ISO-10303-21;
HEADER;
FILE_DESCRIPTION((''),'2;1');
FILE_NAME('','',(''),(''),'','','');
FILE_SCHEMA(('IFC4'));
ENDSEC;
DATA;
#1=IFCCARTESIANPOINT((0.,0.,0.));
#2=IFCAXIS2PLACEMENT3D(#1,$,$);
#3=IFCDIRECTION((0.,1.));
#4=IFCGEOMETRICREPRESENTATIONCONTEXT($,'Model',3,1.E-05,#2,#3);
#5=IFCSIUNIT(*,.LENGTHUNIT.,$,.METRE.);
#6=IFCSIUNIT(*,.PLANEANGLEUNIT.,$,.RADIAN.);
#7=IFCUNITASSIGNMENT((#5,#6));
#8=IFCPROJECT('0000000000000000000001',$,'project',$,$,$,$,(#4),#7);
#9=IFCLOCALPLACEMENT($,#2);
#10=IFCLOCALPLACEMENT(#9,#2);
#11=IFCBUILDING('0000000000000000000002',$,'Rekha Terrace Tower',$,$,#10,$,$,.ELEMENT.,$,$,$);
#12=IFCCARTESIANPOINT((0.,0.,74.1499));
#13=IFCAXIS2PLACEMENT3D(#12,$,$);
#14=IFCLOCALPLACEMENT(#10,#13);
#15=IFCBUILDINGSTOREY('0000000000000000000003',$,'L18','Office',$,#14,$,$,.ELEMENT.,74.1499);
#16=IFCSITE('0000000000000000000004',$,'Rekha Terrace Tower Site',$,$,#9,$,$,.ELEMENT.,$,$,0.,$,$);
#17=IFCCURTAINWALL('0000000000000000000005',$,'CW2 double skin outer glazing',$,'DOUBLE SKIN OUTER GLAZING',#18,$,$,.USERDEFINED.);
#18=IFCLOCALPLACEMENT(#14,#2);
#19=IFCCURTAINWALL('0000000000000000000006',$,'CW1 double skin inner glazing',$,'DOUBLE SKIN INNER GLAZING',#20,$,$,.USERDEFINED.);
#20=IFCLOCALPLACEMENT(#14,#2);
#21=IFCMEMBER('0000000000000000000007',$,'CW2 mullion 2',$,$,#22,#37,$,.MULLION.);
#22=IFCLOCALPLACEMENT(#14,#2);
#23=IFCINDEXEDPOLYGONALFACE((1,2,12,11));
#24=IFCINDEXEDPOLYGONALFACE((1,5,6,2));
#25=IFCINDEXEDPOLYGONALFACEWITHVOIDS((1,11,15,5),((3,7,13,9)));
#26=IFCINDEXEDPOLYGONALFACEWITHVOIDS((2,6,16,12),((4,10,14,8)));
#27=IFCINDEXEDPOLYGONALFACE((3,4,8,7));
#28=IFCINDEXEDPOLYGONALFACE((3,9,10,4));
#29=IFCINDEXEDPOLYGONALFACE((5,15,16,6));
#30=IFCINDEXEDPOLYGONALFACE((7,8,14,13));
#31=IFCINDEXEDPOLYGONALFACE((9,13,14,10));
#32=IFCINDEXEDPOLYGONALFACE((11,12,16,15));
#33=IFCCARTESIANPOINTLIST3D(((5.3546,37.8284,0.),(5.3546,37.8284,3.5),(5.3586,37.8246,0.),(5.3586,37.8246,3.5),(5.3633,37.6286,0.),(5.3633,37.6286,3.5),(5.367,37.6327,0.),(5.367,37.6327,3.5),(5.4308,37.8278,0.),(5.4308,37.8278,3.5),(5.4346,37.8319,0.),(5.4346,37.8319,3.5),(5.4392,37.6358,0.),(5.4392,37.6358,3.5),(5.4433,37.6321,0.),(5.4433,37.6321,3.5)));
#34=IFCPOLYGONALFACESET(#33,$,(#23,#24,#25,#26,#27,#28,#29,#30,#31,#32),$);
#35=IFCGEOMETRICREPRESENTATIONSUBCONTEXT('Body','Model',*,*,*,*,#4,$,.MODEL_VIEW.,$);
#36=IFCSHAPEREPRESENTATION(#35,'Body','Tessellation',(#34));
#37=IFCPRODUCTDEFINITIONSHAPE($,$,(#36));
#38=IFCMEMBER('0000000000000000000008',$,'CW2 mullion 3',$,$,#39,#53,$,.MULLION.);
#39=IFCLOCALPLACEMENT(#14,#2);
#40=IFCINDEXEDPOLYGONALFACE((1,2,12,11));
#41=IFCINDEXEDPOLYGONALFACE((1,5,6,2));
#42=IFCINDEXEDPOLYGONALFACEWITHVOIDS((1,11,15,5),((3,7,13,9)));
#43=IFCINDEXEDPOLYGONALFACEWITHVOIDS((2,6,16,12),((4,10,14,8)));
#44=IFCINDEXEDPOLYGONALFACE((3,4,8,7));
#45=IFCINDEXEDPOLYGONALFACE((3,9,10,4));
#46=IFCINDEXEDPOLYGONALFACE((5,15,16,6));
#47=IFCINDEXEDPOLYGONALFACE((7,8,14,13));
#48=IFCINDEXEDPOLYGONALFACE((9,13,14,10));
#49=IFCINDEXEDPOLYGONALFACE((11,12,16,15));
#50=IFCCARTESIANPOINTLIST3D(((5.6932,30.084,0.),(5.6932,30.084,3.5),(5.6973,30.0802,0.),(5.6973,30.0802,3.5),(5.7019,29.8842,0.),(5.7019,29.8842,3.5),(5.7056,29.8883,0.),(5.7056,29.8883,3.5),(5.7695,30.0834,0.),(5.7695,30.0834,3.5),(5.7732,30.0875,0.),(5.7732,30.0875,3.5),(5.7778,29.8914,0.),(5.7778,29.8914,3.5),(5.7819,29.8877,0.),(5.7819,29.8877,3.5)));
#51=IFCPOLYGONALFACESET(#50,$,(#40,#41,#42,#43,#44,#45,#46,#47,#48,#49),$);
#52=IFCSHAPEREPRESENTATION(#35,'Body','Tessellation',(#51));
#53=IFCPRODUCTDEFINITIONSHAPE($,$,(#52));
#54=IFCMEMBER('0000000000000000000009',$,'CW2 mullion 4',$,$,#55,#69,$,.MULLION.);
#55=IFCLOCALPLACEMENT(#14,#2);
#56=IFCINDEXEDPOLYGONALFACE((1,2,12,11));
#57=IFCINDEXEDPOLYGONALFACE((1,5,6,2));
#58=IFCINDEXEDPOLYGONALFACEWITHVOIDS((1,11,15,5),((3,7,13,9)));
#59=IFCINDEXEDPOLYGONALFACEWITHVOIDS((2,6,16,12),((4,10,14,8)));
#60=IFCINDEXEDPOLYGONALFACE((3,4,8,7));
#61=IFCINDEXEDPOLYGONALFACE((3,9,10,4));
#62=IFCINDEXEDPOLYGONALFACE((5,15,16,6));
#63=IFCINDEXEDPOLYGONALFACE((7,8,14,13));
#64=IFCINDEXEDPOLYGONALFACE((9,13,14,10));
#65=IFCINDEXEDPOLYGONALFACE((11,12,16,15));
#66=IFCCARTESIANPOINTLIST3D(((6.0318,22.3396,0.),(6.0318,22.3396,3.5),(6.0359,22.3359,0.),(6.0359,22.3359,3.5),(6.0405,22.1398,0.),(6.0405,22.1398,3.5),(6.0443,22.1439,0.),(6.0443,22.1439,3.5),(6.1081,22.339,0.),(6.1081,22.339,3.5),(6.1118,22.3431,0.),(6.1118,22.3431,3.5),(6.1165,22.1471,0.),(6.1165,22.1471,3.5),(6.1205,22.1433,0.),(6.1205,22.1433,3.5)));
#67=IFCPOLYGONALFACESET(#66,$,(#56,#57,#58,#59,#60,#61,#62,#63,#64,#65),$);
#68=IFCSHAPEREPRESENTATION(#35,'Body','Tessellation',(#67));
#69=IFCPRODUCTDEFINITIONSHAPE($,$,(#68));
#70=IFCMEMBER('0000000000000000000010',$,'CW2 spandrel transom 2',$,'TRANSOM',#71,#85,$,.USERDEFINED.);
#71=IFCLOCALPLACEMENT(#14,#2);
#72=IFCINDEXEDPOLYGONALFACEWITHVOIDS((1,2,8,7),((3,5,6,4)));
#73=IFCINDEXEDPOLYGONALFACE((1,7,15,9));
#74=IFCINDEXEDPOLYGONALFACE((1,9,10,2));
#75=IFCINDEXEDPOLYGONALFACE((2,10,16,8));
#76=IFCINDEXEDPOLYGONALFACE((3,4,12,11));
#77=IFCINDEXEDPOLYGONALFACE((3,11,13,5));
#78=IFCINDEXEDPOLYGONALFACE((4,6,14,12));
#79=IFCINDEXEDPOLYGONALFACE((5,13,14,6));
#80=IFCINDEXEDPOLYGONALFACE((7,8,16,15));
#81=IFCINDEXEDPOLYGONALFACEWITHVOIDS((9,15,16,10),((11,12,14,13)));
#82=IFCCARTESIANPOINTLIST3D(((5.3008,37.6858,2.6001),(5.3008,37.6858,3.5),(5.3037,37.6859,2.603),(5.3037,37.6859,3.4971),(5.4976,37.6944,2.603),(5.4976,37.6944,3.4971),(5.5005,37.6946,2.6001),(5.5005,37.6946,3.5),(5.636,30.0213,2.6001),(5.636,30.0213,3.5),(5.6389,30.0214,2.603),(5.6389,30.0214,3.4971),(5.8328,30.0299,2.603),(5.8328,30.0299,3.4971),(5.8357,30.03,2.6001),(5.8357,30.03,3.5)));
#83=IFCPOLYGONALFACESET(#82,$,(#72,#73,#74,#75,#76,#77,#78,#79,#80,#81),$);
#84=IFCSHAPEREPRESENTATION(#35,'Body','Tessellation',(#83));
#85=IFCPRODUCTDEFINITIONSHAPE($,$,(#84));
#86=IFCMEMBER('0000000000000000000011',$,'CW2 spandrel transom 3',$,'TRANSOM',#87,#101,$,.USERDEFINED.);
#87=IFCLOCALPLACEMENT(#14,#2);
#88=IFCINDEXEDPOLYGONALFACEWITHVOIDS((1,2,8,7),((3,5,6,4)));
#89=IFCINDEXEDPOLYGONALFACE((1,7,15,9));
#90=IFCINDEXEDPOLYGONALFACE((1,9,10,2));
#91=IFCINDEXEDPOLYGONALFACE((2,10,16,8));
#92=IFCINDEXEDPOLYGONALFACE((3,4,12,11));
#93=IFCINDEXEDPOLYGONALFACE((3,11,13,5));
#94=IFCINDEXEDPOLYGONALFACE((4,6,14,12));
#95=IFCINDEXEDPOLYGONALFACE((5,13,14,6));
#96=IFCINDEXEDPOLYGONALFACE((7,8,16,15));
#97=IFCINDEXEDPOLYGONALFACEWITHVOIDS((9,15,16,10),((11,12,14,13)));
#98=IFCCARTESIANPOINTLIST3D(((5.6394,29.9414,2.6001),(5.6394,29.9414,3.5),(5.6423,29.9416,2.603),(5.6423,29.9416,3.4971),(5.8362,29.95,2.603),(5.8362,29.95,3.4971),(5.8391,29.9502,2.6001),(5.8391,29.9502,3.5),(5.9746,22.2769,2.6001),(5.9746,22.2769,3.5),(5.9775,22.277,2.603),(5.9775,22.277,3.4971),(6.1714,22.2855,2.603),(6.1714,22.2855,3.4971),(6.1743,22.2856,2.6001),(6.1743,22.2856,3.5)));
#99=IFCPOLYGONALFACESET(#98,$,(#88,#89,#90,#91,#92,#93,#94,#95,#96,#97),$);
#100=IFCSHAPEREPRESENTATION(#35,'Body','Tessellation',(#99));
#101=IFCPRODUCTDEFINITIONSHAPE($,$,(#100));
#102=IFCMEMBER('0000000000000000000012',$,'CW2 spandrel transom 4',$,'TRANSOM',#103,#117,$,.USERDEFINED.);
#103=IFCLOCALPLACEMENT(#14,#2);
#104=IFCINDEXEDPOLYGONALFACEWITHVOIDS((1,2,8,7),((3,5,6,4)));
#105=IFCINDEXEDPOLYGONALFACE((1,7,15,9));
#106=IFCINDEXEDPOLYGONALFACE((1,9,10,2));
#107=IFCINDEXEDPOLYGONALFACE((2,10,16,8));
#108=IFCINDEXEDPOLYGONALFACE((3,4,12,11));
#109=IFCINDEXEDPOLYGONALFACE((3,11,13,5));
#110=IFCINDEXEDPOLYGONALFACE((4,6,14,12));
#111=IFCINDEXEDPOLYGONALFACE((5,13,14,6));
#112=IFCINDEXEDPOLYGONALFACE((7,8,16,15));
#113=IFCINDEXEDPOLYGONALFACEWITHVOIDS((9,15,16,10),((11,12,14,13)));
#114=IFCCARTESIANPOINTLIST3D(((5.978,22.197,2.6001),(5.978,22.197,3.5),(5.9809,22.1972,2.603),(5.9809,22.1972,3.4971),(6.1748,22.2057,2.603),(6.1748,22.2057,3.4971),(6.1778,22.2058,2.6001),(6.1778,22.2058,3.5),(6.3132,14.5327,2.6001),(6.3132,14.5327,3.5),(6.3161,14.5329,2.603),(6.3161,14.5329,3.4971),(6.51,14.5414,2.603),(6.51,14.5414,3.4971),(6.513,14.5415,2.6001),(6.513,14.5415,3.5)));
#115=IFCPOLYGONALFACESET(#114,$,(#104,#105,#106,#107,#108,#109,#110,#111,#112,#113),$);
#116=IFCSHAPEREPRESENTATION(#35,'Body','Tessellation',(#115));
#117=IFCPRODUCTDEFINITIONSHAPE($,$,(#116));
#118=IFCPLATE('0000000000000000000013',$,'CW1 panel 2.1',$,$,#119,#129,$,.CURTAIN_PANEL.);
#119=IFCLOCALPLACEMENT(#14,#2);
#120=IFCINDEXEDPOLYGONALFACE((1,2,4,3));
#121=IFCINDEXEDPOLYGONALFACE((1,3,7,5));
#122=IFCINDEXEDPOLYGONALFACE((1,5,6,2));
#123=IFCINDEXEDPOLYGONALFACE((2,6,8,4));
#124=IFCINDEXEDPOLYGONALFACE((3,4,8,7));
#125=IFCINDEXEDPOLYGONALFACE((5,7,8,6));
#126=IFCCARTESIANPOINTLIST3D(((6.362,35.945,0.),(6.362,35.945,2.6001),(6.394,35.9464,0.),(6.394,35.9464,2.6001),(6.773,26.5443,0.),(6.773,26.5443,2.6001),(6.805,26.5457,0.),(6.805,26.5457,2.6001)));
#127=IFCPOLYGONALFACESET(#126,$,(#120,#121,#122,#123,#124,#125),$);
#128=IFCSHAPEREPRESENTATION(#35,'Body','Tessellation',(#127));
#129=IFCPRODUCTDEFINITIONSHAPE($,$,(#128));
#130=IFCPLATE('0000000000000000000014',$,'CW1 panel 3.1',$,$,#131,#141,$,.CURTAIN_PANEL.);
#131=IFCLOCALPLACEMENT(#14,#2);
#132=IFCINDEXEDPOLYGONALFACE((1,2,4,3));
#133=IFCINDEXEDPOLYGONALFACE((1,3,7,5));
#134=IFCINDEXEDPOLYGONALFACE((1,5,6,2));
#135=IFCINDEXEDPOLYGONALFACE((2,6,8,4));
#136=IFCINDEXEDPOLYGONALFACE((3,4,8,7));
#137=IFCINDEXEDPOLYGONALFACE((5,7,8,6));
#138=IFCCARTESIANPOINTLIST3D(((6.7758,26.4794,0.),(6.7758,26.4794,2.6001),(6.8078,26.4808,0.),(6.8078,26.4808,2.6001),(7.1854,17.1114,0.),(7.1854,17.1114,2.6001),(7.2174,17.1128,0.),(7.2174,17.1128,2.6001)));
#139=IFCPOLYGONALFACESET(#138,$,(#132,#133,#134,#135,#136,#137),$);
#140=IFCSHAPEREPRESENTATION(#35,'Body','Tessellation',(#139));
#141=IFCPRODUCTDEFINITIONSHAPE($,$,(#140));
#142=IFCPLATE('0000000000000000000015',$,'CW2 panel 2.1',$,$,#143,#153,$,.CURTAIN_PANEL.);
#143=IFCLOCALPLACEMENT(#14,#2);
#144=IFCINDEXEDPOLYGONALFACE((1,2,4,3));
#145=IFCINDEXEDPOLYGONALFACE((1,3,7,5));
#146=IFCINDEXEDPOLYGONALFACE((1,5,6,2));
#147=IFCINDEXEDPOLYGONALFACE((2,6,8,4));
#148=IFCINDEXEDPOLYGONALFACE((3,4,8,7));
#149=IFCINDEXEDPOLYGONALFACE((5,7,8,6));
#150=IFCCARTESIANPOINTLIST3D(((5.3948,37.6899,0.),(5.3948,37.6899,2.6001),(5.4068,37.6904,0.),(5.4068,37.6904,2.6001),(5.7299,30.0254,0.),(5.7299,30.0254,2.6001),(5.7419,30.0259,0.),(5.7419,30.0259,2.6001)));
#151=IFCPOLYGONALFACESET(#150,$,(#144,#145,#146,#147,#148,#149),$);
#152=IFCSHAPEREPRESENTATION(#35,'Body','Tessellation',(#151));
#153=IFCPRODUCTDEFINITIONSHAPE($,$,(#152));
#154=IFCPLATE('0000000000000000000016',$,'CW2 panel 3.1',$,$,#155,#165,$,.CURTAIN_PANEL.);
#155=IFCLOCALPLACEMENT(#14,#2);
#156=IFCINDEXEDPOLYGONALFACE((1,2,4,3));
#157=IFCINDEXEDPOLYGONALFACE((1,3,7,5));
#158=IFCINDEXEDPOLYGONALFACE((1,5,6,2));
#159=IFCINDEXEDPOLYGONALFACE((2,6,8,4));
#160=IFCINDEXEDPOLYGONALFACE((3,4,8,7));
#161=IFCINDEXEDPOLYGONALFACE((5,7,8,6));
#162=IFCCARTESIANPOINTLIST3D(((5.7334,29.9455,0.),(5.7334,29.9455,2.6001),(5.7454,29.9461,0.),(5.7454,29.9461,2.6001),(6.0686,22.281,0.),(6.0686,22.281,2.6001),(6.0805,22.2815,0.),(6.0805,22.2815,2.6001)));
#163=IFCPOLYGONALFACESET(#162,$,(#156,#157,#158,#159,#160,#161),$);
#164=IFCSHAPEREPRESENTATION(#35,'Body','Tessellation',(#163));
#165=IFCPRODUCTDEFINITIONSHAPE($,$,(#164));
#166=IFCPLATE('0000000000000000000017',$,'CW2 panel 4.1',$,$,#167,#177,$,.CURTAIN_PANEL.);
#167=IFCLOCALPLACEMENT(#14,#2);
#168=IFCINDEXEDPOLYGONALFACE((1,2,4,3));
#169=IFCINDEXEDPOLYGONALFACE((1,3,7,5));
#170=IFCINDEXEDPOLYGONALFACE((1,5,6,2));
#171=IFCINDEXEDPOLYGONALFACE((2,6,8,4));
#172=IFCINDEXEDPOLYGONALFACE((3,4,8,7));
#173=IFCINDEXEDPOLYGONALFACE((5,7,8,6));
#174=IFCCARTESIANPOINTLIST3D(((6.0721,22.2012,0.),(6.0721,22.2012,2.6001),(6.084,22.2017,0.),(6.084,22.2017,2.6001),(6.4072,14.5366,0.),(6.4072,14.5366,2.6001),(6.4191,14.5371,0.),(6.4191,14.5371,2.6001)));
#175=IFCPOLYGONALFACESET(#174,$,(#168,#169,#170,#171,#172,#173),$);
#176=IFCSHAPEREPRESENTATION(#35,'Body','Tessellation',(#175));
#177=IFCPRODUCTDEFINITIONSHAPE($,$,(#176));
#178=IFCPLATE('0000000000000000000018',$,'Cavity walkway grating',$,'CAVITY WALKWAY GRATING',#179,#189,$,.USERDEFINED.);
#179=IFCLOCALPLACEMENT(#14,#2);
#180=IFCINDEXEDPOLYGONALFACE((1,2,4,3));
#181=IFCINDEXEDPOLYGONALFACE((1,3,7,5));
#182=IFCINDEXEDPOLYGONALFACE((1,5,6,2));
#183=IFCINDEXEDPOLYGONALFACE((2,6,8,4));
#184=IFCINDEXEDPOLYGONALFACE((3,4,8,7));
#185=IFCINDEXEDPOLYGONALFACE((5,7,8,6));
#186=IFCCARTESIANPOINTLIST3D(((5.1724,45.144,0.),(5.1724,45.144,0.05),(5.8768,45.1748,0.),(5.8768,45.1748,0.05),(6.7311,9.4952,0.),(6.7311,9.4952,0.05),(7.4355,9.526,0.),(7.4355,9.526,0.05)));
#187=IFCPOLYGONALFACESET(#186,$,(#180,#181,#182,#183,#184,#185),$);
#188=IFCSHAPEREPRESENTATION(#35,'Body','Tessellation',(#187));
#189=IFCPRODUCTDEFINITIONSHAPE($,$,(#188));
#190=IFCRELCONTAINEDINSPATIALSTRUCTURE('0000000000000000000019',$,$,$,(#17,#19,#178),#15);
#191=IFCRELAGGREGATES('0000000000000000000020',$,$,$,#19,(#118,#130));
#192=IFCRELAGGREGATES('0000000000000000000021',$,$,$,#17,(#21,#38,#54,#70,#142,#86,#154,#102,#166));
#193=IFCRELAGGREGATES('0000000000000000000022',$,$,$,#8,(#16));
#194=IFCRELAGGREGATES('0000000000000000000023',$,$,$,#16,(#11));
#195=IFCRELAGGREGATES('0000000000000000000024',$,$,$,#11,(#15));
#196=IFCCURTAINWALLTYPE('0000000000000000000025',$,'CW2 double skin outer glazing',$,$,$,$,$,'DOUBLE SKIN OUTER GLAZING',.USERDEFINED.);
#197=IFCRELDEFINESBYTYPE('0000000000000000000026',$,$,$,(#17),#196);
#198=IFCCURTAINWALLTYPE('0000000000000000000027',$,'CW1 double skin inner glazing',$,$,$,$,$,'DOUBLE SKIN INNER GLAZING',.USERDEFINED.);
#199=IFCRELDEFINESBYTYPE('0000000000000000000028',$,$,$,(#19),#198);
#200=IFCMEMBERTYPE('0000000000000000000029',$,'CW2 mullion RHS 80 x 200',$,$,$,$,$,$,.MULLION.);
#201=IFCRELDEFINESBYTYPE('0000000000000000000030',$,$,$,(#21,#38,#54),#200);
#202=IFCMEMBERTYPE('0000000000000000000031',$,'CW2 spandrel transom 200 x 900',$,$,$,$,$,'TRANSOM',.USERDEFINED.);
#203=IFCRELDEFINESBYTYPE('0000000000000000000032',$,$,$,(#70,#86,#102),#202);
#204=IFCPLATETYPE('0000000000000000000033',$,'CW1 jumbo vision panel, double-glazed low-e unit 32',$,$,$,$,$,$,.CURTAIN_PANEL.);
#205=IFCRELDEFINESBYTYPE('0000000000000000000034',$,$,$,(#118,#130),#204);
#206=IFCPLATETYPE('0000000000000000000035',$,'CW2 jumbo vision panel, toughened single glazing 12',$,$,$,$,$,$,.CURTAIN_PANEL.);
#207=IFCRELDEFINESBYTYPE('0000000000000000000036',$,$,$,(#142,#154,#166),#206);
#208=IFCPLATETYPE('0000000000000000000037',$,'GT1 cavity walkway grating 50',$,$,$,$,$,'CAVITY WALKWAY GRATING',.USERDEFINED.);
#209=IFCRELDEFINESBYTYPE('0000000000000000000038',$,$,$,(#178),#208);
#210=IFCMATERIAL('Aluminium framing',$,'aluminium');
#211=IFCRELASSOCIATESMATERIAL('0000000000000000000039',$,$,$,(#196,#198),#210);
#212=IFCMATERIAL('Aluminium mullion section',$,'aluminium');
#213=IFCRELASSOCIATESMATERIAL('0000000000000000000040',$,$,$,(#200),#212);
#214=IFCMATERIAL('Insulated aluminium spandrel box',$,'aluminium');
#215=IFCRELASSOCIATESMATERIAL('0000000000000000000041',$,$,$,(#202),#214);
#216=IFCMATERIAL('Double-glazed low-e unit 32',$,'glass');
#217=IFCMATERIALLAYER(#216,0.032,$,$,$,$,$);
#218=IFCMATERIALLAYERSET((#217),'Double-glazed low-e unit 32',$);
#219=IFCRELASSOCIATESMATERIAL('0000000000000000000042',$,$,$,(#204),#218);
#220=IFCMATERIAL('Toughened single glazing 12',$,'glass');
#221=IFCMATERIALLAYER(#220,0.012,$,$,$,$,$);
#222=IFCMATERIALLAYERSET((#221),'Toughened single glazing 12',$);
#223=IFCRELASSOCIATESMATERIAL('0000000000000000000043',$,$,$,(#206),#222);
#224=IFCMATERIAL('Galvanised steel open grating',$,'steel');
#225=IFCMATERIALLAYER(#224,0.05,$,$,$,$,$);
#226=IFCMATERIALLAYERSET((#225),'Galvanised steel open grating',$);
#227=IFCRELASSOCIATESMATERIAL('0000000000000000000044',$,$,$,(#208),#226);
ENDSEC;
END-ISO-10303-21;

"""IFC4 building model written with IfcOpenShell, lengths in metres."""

from ifc_helpers import new_model, si_unit, direction, frame, origin, origin_2d, place, context, subcontext, project, spatial, rectangle, hollow_rectangle, extrude, material, layer, layer_set, material_profile, profile_set, type_object, element, aggregate, save


model = new_model("IFC4")

# Units and contexts
model_context = context("Model", 3, precision=1e-05, world=origin(), true_north=direction((0.0, 1.0)))
body_context = subcontext(model_context, "Body", "Model", "MODEL_VIEW")
ifc_project = project(units=[si_unit("LENGTHUNIT", "METRE"), si_unit("PLANEANGLEUNIT", "RADIAN")], contexts=[model_context])

# Site, building, storey
site_placement = place(None, origin())
site = spatial("IfcSite", under=ifc_project, at=site_placement, Name="Rekha Terrace Tower Site", CompositionType="ELEMENT", RefElevation=0.0)
building_placement = place(site_placement, origin())
building = spatial("IfcBuilding", under=site, at=building_placement, Name="Rekha Terrace Tower", CompositionType="ELEMENT")
storey_placement = place(building_placement, frame((0.0, 0.0, 74.1499)))
storey = spatial("IfcBuildingStorey", under=building, at=storey_placement, Name="L18", Description="Office", CompositionType="ELEMENT", Elevation=74.1499)

# Curtain walls
ifc_material_1 = material(Name="Aluminium framing", Category="aluminium")
curtain_wall_type_1 = type_object("IfcCurtainWallType", Name="CW2 double skin outer glazing", ElementType="DOUBLE SKIN OUTER GLAZING", PredefinedType="USERDEFINED", material=ifc_material_1)
curtain_wall_1_placement = place(storey_placement, origin())
curtain_wall_1 = element("IfcCurtainWall", 1, at=curtain_wall_1_placement, inside=storey, type_object=curtain_wall_type_1, Name="CW2 double skin outer glazing", ObjectType="DOUBLE SKIN OUTER GLAZING", PredefinedType="USERDEFINED")
curtain_wall_type_2 = type_object("IfcCurtainWallType", Name="CW1 double skin inner glazing", ElementType="DOUBLE SKIN INNER GLAZING", PredefinedType="USERDEFINED", material=ifc_material_1)
curtain_wall_2_placement = place(storey_placement, origin())
curtain_wall_2 = element("IfcCurtainWall", 2, at=curtain_wall_2_placement, inside=storey, type_object=curtain_wall_type_2, Name="CW1 double skin inner glazing", ObjectType="DOUBLE SKIN INNER GLAZING", PredefinedType="USERDEFINED")
ifc_material_2 = material(Name="Aluminium mullion section", Category="aluminium")
ifc_material_3 = material(Name="Insulated aluminium spandrel box", Category="aluminium")

# Members
ifc_material_profile_1 = material_profile(ifc_material_2, hollow_rectangle(XDim=0.0801, YDim=0.2, WallThickness=0.0039, at=origin_2d()), Name="AL RHS 80x200")
ifc_profile_set_1 = profile_set([ifc_material_profile_1], Name="Aluminium mullion section")
member_type_1 = type_object("IfcMemberType", Name="CW2 mullion RHS 80 x 200", PredefinedType="MULLION", material=ifc_profile_set_1)
member_1_placement = place(storey_placement, frame((5.3989, 37.7302, 0.0), z_axis=(0.0, 0.0, 1.0), x_axis=(0.999045, 0.043683, 0.0)))
member_1 = element("IfcMember", 3, at=member_1_placement, type_object=member_type_1, Name="CW2 mullion 2", PredefinedType="MULLION", context=body_context, shape_type="SweptSolid", body=[
    extrude(hollow_rectangle(XDim=0.0801, YDim=0.2, WallThickness=0.0039, at=origin_2d()), origin(), (0.0, 0.0, 1.0), 3.5),
])
member_2_placement = place(storey_placement, frame((5.7375, 29.9858, 0.0), z_axis=(0.0, 0.0, 1.0), x_axis=(0.999045, 0.043683, 0.0)))
member_2 = element("IfcMember", 4, at=member_2_placement, type_object=member_type_1, Name="CW2 mullion 3", PredefinedType="MULLION", context=body_context, shape_type="SweptSolid", body=[
    extrude(hollow_rectangle(XDim=0.0801, YDim=0.2, WallThickness=0.0039, at=origin_2d()), origin(), (0.0, 0.0, 1.0), 3.5),
])
member_3_placement = place(storey_placement, frame((6.0762, 22.2415, 0.0), z_axis=(0.0, 0.0, 1.0), x_axis=(0.999045, 0.043683, 0.0)))
member_3 = element("IfcMember", 5, at=member_3_placement, type_object=member_type_1, Name="CW2 mullion 4", PredefinedType="MULLION", context=body_context, shape_type="SweptSolid", body=[
    extrude(hollow_rectangle(XDim=0.0801, YDim=0.2, WallThickness=0.0039, at=origin_2d()), origin(), (0.0, 0.0, 1.0), 3.5),
])
ifc_material_profile_2 = material_profile(ifc_material_3, hollow_rectangle(XDim=0.2, YDim=0.8999, WallThickness=0.0029, at=origin_2d()), Name="AL SPANDREL BOX 200x900")
ifc_profile_set_2 = profile_set([ifc_material_profile_2], Name="Insulated aluminium spandrel box")
member_type_2 = type_object("IfcMemberType", Name="CW2 spandrel transom 200 x 900", ElementType="TRANSOM", PredefinedType="USERDEFINED", material=ifc_profile_set_2)
member_4_placement = place(storey_placement, frame((5.4006, 37.6902, 3.05), z_axis=(0.043693, -0.999045, 0.0), x_axis=(0.999045, 0.043693, 0.0)))
member_4 = element("IfcMember", 6, at=member_4_placement, type_object=member_type_2, Name="CW2 spandrel transom 2", ObjectType="TRANSOM", PredefinedType="USERDEFINED", context=body_context, shape_type="SweptSolid", body=[
    extrude(hollow_rectangle(XDim=0.2, YDim=0.8999, WallThickness=0.0029, at=origin_2d()), origin(), (0.0, 0.0, 1.0), 7.6719),
])
member_5_placement = place(storey_placement, frame((5.7393, 29.9458, 3.05), z_axis=(0.043693, -0.999045, 0.0), x_axis=(0.999045, 0.043693, 0.0)))
member_5 = element("IfcMember", 7, at=member_5_placement, type_object=member_type_2, Name="CW2 spandrel transom 3", ObjectType="TRANSOM", PredefinedType="USERDEFINED", context=body_context, shape_type="SweptSolid", body=[
    extrude(hollow_rectangle(XDim=0.2, YDim=0.8999, WallThickness=0.0029, at=origin_2d()), origin(), (0.0, 0.0, 1.0), 7.6719),
])
member_6_placement = place(storey_placement, frame((6.0779, 22.2014, 3.05), z_axis=(0.043694, -0.999045, 0.0), x_axis=(0.999045, 0.043694, 0.0)))
member_6 = element("IfcMember", 8, at=member_6_placement, type_object=member_type_2, Name="CW2 spandrel transom 4", ObjectType="TRANSOM", PredefinedType="USERDEFINED", context=body_context, shape_type="SweptSolid", body=[
    extrude(hollow_rectangle(XDim=0.2, YDim=0.8999, WallThickness=0.0029, at=origin_2d()), origin(), (0.0, 0.0, 1.0), 7.6716),
])

# Plates
ifc_material_4 = material(Name="Double-glazed low-e unit 32", Category="glass")
ifc_layer_1 = layer(ifc_material_4, 0.032)
ifc_layer_set_1 = layer_set([ifc_layer_1], Name="Double-glazed low-e unit 32")
plate_type_1 = type_object("IfcPlateType", Name="CW1 jumbo vision panel, double-glazed low-e unit 32", PredefinedType="CURTAIN_PANEL", material=ifc_layer_set_1)
plate_1_placement = place(storey_placement, frame((6.5835, 31.2454, 0.0), z_axis=(0.0, 0.0, 1.0), x_axis=(0.043683, -0.999045, 0.0)))
plate_1 = element("IfcPlate", 9, at=plate_1_placement, type_object=plate_type_1, Name="CW1 panel 2.1", PredefinedType="CURTAIN_PANEL", context=body_context, shape_type="SweptSolid", body=[
    extrude(rectangle(XDim=9.4097, YDim=0.032, at=origin_2d()), origin(), (0.0, 0.0, 1.0), 2.6001),
])
plate_2_placement = place(storey_placement, frame((6.9966, 21.7961, 0.0), z_axis=(0.0, 0.0, 1.0), x_axis=(0.043683, -0.999045, 0.0)))
plate_2 = element("IfcPlate", 10, at=plate_2_placement, type_object=plate_type_1, Name="CW1 panel 3.1", PredefinedType="CURTAIN_PANEL", context=body_context, shape_type="SweptSolid", body=[
    extrude(rectangle(XDim=9.377, YDim=0.032, at=origin_2d()), origin(), (0.0, 0.0, 1.0), 2.6001),
])
aggregate(curtain_wall_2, [plate_1, plate_2])
ifc_material_5 = material(Name="Toughened single glazing 12", Category="glass")
ifc_layer_2 = layer(ifc_material_5, 0.012)
ifc_layer_set_2 = layer_set([ifc_layer_2], Name="Toughened single glazing 12")
plate_type_2 = type_object("IfcPlateType", Name="CW2 jumbo vision panel, toughened single glazing 12", PredefinedType="CURTAIN_PANEL", material=ifc_layer_set_2)
plate_3_placement = place(storey_placement, frame((5.5684, 33.8579, 0.0), z_axis=(0.0, 0.0, 1.0), x_axis=(0.043683, -0.999045, 0.0)))
plate_3 = element("IfcPlate", 11, at=plate_3_placement, type_object=plate_type_2, Name="CW2 panel 2.1", PredefinedType="CURTAIN_PANEL", context=body_context, shape_type="SweptSolid", body=[
    extrude(rectangle(XDim=7.6719, YDim=0.012, at=origin_2d()), origin(), (0.0, 0.0, 1.0), 2.6001),
])
plate_4_placement = place(storey_placement, frame((5.907, 26.1135, 0.0), z_axis=(0.0, 0.0, 1.0), x_axis=(0.043683, -0.999045, 0.0)))
plate_4 = element("IfcPlate", 12, at=plate_4_placement, type_object=plate_type_2, Name="CW2 panel 3.1", PredefinedType="CURTAIN_PANEL", context=body_context, shape_type="SweptSolid", body=[
    extrude(rectangle(XDim=7.6719, YDim=0.012, at=origin_2d()), origin(), (0.0, 0.0, 1.0), 2.6001),
])
plate_5_placement = place(storey_placement, frame((6.2456, 18.3691, 0.0), z_axis=(0.0, 0.0, 1.0), x_axis=(0.043683, -0.999045, 0.0)))
plate_5 = element("IfcPlate", 13, at=plate_5_placement, type_object=plate_type_2, Name="CW2 panel 4.1", PredefinedType="CURTAIN_PANEL", context=body_context, shape_type="SweptSolid", body=[
    extrude(rectangle(XDim=7.6719, YDim=0.012, at=origin_2d()), origin(), (0.0, 0.0, 1.0), 2.6001),
])
aggregate(curtain_wall_1, [member_1, member_2, member_3, member_4, plate_3, member_5, plate_4, member_6, plate_5])
ifc_material_6 = material(Name="Galvanised steel open grating", Category="steel")
ifc_layer_3 = layer(ifc_material_6, 0.05)
ifc_layer_set_3 = layer_set([ifc_layer_3], Name="Galvanised steel open grating")
plate_type_3 = type_object("IfcPlateType", Name="GT1 cavity walkway grating 50", ElementType="CAVITY WALKWAY GRATING", PredefinedType="USERDEFINED", material=ifc_layer_set_3)
plate_6_placement = place(storey_placement, frame((6.304, 27.335, 0.0), z_axis=(0.0, 0.0, 1.0), x_axis=(0.043683, -0.999045, 0.0)))
element("IfcPlate", 14, at=plate_6_placement, inside=storey, type_object=plate_type_3, Name="Cavity walkway grating", ObjectType="CAVITY WALKWAY GRATING", PredefinedType="USERDEFINED", context=body_context, shape_type="SweptSolid", body=[
    extrude(rectangle(XDim=35.6829, YDim=0.7051, at=origin_2d()), origin(), (0.0, 0.0, 1.0), 0.05),
])

save(model, "model.ifc")
